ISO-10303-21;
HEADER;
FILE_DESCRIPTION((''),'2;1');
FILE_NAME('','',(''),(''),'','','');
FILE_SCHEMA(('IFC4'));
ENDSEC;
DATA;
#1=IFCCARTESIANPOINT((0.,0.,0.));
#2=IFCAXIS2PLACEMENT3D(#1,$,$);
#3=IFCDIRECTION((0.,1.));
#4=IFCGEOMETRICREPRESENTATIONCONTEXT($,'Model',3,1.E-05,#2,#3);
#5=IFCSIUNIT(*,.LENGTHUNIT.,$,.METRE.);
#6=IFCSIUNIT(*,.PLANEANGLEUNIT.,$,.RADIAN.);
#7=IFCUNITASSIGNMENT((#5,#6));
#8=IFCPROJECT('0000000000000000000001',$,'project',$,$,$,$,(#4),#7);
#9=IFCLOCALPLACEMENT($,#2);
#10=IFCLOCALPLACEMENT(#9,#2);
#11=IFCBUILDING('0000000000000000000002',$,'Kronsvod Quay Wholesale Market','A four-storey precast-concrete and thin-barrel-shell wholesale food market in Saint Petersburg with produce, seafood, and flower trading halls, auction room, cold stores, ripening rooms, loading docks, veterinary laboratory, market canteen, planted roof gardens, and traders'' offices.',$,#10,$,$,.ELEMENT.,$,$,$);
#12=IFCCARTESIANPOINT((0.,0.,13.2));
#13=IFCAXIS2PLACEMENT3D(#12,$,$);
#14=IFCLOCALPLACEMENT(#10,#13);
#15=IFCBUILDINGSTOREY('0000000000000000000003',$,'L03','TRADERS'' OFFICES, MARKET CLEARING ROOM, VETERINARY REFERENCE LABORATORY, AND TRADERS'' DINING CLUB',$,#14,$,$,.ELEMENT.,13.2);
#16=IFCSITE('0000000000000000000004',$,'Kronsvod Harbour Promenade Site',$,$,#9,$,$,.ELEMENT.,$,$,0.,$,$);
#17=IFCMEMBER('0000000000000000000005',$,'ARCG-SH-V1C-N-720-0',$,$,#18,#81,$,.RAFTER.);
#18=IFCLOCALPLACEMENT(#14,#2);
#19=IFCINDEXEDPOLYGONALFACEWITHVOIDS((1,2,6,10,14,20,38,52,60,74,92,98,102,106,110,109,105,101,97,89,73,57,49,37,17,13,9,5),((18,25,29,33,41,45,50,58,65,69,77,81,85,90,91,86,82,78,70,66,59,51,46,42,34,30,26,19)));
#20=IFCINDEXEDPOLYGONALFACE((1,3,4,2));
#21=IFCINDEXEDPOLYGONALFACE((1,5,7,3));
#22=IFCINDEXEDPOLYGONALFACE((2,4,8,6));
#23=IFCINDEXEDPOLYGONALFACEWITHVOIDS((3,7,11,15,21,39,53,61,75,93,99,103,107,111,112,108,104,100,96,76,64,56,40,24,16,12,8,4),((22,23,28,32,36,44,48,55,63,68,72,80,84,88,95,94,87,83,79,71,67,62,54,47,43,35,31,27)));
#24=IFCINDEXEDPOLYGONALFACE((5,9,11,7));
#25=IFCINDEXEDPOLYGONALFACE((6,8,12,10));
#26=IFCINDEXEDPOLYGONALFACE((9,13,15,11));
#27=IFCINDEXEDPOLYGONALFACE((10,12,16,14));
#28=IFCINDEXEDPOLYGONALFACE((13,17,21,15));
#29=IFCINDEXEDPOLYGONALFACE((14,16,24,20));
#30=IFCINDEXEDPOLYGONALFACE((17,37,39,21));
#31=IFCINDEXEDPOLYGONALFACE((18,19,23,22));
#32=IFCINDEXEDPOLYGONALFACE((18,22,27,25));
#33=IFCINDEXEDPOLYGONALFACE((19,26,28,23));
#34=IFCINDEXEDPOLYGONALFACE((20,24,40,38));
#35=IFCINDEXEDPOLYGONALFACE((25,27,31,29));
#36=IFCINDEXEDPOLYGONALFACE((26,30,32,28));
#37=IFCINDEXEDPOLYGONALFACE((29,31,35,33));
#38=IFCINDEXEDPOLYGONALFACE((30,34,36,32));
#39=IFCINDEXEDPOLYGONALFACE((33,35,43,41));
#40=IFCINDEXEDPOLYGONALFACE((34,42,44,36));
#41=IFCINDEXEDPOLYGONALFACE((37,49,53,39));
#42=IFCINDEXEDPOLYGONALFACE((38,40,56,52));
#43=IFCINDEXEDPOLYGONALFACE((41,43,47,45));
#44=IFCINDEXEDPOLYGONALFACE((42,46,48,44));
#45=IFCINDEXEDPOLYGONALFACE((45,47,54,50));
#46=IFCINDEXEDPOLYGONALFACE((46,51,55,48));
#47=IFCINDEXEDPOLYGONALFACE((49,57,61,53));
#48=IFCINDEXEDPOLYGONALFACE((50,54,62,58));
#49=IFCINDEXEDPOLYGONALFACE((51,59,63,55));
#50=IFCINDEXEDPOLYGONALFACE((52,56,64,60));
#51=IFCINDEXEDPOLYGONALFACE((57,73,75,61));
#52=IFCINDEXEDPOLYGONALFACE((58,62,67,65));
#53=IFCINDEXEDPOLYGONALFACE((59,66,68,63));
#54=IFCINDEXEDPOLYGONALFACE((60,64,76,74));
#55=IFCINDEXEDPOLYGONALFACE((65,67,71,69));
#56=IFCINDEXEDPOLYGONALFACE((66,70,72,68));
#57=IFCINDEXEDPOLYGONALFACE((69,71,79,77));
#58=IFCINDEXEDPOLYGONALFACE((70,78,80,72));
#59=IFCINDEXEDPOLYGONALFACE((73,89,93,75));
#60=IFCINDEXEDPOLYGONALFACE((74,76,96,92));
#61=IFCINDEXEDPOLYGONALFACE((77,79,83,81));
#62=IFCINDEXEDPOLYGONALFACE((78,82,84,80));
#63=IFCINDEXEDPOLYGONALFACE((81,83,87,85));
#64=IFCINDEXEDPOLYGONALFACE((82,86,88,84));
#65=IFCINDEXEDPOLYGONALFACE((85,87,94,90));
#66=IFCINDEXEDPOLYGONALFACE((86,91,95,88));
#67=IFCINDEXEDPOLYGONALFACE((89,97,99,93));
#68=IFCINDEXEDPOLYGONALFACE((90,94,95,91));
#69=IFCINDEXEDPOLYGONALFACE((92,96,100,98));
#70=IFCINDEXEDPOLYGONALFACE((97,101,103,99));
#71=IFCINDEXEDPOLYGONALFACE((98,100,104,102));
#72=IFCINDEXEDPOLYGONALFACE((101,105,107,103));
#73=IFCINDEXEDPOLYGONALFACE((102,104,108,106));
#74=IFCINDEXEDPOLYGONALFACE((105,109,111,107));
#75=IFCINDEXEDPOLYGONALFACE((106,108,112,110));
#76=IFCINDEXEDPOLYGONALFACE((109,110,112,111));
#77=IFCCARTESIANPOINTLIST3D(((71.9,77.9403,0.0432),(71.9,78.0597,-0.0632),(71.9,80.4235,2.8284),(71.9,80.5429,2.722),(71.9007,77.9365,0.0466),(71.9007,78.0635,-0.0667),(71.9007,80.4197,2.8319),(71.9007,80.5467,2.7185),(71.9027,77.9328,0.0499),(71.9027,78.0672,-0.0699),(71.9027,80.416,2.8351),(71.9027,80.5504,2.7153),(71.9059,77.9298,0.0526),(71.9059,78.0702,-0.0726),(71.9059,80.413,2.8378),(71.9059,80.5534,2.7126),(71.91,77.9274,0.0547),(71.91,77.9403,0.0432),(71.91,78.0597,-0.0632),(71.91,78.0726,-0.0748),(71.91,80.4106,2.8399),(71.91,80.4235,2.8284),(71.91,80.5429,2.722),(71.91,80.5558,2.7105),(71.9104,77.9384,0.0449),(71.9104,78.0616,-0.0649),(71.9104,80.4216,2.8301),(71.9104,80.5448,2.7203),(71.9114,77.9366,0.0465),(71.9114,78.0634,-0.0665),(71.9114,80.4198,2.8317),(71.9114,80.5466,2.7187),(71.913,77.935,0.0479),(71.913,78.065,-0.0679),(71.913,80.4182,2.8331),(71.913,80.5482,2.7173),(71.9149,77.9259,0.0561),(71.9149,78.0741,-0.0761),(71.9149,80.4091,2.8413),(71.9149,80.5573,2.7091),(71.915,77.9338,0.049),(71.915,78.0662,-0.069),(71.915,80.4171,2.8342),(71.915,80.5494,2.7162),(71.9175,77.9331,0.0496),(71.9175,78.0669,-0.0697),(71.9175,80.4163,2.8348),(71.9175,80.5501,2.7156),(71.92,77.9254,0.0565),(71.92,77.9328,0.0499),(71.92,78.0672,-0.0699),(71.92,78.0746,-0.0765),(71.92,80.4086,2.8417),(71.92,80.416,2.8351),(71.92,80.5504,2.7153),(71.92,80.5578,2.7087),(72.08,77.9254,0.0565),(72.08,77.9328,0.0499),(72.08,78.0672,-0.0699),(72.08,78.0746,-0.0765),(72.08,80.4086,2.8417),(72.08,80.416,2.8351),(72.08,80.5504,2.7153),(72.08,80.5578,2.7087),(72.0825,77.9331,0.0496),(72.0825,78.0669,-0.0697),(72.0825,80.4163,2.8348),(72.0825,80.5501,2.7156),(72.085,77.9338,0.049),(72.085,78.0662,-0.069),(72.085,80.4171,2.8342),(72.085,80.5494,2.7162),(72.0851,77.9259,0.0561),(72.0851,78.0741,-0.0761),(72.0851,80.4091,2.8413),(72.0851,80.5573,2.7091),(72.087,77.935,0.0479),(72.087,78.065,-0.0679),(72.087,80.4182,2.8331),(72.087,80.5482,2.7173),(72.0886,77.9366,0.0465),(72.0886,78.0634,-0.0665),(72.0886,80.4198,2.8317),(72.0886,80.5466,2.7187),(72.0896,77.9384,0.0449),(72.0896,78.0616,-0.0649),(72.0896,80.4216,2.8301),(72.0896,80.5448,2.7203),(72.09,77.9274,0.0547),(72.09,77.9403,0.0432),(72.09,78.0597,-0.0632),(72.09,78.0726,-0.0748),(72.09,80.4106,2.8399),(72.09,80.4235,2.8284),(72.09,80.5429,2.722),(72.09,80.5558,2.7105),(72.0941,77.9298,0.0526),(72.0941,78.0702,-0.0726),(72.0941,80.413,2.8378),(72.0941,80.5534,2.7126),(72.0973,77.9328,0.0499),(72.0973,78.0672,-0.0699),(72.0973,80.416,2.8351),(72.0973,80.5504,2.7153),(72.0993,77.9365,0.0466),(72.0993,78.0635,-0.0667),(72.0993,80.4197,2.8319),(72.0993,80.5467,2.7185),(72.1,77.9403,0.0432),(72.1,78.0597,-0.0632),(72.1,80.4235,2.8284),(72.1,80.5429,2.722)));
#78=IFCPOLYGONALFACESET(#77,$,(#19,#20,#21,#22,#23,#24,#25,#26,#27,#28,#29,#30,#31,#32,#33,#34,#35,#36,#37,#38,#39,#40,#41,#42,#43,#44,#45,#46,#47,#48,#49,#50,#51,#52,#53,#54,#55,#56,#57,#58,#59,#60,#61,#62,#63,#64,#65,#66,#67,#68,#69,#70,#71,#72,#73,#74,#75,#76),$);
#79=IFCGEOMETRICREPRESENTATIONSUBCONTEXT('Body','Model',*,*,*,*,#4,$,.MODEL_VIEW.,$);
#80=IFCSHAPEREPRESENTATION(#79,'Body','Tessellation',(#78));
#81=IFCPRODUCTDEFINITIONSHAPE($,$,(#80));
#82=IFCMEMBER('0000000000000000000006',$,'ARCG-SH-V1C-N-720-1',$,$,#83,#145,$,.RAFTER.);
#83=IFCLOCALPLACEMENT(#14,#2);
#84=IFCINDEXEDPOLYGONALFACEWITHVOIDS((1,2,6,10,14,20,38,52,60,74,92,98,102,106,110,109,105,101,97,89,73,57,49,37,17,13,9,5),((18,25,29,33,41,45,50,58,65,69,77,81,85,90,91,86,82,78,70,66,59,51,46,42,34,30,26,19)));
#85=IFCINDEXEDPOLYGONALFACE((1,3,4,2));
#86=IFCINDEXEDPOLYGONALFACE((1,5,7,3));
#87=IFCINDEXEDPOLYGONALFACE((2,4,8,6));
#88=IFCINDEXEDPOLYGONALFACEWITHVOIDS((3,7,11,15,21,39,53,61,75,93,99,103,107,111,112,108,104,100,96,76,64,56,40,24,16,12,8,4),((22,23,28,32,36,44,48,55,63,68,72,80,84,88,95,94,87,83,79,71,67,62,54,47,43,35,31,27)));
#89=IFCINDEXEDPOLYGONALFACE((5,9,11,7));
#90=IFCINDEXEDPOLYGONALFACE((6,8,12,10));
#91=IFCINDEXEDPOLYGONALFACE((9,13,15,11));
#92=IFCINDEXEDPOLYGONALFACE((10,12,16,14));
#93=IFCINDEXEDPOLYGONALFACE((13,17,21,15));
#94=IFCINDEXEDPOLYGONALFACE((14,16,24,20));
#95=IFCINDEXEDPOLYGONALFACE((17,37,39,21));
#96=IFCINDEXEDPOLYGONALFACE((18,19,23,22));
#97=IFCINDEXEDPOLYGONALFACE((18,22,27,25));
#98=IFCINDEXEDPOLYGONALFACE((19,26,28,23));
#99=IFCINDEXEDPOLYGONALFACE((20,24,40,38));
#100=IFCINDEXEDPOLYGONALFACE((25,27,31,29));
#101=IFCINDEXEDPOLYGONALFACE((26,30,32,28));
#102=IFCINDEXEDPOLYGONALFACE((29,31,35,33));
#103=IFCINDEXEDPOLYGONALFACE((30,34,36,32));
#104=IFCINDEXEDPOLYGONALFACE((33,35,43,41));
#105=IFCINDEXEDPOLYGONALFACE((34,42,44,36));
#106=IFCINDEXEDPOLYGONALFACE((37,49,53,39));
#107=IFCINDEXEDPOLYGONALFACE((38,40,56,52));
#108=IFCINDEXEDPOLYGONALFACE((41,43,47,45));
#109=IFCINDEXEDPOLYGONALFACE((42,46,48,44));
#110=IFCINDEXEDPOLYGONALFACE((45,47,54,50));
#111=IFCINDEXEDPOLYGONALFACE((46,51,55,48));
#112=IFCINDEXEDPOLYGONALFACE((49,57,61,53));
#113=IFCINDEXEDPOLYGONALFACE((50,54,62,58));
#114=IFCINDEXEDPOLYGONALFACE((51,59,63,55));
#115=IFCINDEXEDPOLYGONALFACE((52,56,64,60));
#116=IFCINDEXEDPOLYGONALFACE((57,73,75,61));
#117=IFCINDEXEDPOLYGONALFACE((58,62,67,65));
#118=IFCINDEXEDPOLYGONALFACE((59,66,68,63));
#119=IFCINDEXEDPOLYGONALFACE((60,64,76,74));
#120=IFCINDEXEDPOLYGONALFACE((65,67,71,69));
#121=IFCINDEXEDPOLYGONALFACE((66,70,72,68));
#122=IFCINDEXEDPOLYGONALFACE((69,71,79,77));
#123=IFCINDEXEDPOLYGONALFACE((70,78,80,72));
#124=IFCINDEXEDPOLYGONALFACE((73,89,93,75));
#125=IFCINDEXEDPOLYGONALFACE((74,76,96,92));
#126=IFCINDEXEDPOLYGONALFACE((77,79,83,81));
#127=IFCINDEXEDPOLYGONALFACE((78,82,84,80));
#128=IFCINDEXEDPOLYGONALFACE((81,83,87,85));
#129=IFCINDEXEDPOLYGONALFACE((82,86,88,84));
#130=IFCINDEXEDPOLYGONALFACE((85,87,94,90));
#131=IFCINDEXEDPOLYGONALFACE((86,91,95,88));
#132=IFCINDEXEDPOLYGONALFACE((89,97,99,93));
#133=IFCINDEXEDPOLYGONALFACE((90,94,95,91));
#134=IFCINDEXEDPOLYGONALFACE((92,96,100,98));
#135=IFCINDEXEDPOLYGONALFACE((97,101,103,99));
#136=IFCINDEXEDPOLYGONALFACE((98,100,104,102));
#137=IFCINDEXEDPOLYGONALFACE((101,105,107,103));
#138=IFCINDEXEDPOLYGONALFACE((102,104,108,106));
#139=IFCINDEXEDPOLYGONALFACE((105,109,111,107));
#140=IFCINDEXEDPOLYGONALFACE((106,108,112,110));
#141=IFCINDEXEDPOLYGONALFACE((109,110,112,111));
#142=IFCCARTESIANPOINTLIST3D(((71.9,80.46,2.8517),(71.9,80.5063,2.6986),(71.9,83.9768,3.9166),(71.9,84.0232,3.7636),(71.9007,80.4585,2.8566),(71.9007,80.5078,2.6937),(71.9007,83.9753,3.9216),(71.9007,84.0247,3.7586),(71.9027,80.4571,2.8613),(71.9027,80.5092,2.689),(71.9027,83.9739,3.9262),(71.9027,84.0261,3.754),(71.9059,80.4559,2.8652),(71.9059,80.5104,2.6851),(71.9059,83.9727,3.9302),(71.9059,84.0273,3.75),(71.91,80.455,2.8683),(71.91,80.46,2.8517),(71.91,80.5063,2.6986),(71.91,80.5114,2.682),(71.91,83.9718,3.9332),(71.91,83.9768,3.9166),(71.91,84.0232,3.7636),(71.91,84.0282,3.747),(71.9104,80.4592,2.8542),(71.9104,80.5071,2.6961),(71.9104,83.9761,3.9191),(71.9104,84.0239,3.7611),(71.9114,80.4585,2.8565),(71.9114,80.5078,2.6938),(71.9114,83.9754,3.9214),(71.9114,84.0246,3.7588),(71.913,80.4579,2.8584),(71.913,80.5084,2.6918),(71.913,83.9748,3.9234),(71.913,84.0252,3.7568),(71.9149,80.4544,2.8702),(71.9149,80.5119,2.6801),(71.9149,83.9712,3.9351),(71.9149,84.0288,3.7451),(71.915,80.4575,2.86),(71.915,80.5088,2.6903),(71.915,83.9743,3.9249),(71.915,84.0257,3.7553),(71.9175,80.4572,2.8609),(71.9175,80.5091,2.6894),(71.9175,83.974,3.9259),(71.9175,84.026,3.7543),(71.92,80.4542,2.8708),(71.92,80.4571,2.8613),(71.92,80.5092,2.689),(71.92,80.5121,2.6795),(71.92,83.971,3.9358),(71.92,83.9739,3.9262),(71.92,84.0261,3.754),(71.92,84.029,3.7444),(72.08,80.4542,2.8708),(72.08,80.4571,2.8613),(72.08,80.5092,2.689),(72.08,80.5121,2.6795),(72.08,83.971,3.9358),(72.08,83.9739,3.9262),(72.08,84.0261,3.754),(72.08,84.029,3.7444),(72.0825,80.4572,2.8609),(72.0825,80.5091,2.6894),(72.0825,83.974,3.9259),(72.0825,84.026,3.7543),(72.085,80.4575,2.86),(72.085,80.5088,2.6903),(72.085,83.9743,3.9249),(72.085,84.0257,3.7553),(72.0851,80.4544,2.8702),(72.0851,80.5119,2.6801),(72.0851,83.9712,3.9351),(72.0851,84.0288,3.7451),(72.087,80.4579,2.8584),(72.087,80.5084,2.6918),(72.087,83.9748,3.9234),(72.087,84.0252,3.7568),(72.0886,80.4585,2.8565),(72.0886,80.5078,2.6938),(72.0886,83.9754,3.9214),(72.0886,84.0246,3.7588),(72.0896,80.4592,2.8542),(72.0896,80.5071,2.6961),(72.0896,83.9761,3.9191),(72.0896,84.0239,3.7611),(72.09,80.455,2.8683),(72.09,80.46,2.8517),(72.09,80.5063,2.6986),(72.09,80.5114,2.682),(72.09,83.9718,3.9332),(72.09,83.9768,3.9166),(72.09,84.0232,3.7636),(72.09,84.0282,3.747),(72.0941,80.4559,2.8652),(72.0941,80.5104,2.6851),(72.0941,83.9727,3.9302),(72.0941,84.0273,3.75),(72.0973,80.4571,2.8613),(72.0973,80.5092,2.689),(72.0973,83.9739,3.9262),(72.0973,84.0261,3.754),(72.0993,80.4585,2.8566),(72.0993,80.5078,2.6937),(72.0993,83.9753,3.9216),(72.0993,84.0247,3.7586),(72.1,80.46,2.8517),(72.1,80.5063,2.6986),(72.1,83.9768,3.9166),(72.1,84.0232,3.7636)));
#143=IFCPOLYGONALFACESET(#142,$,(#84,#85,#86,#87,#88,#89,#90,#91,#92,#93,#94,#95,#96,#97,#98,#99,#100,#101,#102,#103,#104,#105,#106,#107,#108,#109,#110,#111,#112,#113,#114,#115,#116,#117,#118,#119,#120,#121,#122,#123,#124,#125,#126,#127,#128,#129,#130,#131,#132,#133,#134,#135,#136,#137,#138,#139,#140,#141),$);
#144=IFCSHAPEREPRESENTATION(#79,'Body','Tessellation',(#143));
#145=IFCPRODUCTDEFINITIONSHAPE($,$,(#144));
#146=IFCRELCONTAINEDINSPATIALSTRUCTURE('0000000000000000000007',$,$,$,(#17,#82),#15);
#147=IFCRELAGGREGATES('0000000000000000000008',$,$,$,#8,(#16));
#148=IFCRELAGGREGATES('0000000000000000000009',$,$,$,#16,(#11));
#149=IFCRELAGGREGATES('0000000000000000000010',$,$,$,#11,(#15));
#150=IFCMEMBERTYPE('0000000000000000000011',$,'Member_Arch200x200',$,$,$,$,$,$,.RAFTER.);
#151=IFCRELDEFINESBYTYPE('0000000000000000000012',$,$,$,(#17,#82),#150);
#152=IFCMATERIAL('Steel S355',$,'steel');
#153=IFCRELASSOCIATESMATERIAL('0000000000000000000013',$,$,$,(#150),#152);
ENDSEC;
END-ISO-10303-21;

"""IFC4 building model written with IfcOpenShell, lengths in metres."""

from ifc_helpers import new_model, si_unit, direction, frame, origin, origin_2d, place, context, subcontext, project, spatial, hollow_rectangle, extrude, material, material_profile, profile_set, type_object, element, save


model = new_model("IFC4")

# Units and contexts
model_context = context("Model", 3, precision=1e-05, world=origin(), true_north=direction((0.0, 1.0)))
body_context = subcontext(model_context, "Body", "Model", "MODEL_VIEW")
ifc_project = project(units=[si_unit("LENGTHUNIT", "METRE"), si_unit("PLANEANGLEUNIT", "RADIAN")], contexts=[model_context])

# Site, building, storey
site_placement = place(None, origin())
site = spatial("IfcSite", under=ifc_project, at=site_placement, Name="Kronsvod Harbour Promenade Site", CompositionType="ELEMENT", RefElevation=0.0)
building_placement = place(site_placement, origin())
building = spatial("IfcBuilding", under=site, at=building_placement, Name="Kronsvod Quay Wholesale Market", Description="A four-storey precast-concrete and thin-barrel-shell wholesale food market in Saint Petersburg with produce, seafood, and flower trading halls, auction room, cold stores, ripening rooms, loading docks, veterinary laboratory, market canteen, planted roof gardens, and traders' offices.", CompositionType="ELEMENT")
storey_placement = place(building_placement, frame((0.0, 0.0, 13.2)))
storey = spatial("IfcBuildingStorey", under=building, at=storey_placement, Name="L03", Description="TRADERS' OFFICES, MARKET CLEARING ROOM, VETERINARY REFERENCE LABORATORY, AND TRADERS' DINING CLUB", CompositionType="ELEMENT", Elevation=13.2)

# Members
ifc_material_1 = material(Name="Steel S355", Category="steel")
ifc_material_profile_1 = material_profile(ifc_material_1, hollow_rectangle(XDim=0.2, YDim=0.2, WallThickness=0.01, InnerFilletRadius=0.01, OuterFilletRadius=0.02, at=origin_2d()), Name="RHS200x200x10")
ifc_profile_set_1 = profile_set([ifc_material_profile_1], Name="Steel S355")
member_type_1 = type_object("IfcMemberType", Name="Member_Arch200x200", PredefinedType="RAFTER", material=ifc_profile_set_1)
member_1_placement = place(storey_placement, frame((72.0, 78.0, -0.01), z_axis=(0.0, 0.66548, 0.746416), x_axis=(-1.0, 0.0, 0.0)))
element("IfcMember", 1, at=member_1_placement, inside=storey, type_object=member_type_1, Name="ARCG-SH-V1C-N-720-0", PredefinedType="RAFTER", context=body_context, shape_type="SweptSolid", body=[
    extrude(hollow_rectangle(XDim=0.2, YDim=0.2, WallThickness=0.01, InnerFilletRadius=0.01, OuterFilletRadius=0.02, at=origin_2d()), origin(), (0.0, 0.0, 1.0), 3.7314),
])
for number, where, z_axis, x_axis, name in (
    (2, (72.0, 80.4832, 2.7751), (0.0, 0.957083, 0.289816), (-1.0, 0.0, 0.0), "ARCG-SH-V1C-N-720-1"),
):
    element("IfcMember", number, at=place(storey_placement, frame(where, z_axis=z_axis, x_axis=x_axis)), inside=storey, type_object=member_type_1, Name=name, PredefinedType="RAFTER", context=body_context, shape_type="SweptSolid", body=[
        extrude(hollow_rectangle(XDim=0.2, YDim=0.2, WallThickness=0.01, InnerFilletRadius=0.01, OuterFilletRadius=0.02, at=origin_2d()), origin(), (0.0, 0.0, 1.0), 3.6746),
    ])

save(model, "model.ifc")
